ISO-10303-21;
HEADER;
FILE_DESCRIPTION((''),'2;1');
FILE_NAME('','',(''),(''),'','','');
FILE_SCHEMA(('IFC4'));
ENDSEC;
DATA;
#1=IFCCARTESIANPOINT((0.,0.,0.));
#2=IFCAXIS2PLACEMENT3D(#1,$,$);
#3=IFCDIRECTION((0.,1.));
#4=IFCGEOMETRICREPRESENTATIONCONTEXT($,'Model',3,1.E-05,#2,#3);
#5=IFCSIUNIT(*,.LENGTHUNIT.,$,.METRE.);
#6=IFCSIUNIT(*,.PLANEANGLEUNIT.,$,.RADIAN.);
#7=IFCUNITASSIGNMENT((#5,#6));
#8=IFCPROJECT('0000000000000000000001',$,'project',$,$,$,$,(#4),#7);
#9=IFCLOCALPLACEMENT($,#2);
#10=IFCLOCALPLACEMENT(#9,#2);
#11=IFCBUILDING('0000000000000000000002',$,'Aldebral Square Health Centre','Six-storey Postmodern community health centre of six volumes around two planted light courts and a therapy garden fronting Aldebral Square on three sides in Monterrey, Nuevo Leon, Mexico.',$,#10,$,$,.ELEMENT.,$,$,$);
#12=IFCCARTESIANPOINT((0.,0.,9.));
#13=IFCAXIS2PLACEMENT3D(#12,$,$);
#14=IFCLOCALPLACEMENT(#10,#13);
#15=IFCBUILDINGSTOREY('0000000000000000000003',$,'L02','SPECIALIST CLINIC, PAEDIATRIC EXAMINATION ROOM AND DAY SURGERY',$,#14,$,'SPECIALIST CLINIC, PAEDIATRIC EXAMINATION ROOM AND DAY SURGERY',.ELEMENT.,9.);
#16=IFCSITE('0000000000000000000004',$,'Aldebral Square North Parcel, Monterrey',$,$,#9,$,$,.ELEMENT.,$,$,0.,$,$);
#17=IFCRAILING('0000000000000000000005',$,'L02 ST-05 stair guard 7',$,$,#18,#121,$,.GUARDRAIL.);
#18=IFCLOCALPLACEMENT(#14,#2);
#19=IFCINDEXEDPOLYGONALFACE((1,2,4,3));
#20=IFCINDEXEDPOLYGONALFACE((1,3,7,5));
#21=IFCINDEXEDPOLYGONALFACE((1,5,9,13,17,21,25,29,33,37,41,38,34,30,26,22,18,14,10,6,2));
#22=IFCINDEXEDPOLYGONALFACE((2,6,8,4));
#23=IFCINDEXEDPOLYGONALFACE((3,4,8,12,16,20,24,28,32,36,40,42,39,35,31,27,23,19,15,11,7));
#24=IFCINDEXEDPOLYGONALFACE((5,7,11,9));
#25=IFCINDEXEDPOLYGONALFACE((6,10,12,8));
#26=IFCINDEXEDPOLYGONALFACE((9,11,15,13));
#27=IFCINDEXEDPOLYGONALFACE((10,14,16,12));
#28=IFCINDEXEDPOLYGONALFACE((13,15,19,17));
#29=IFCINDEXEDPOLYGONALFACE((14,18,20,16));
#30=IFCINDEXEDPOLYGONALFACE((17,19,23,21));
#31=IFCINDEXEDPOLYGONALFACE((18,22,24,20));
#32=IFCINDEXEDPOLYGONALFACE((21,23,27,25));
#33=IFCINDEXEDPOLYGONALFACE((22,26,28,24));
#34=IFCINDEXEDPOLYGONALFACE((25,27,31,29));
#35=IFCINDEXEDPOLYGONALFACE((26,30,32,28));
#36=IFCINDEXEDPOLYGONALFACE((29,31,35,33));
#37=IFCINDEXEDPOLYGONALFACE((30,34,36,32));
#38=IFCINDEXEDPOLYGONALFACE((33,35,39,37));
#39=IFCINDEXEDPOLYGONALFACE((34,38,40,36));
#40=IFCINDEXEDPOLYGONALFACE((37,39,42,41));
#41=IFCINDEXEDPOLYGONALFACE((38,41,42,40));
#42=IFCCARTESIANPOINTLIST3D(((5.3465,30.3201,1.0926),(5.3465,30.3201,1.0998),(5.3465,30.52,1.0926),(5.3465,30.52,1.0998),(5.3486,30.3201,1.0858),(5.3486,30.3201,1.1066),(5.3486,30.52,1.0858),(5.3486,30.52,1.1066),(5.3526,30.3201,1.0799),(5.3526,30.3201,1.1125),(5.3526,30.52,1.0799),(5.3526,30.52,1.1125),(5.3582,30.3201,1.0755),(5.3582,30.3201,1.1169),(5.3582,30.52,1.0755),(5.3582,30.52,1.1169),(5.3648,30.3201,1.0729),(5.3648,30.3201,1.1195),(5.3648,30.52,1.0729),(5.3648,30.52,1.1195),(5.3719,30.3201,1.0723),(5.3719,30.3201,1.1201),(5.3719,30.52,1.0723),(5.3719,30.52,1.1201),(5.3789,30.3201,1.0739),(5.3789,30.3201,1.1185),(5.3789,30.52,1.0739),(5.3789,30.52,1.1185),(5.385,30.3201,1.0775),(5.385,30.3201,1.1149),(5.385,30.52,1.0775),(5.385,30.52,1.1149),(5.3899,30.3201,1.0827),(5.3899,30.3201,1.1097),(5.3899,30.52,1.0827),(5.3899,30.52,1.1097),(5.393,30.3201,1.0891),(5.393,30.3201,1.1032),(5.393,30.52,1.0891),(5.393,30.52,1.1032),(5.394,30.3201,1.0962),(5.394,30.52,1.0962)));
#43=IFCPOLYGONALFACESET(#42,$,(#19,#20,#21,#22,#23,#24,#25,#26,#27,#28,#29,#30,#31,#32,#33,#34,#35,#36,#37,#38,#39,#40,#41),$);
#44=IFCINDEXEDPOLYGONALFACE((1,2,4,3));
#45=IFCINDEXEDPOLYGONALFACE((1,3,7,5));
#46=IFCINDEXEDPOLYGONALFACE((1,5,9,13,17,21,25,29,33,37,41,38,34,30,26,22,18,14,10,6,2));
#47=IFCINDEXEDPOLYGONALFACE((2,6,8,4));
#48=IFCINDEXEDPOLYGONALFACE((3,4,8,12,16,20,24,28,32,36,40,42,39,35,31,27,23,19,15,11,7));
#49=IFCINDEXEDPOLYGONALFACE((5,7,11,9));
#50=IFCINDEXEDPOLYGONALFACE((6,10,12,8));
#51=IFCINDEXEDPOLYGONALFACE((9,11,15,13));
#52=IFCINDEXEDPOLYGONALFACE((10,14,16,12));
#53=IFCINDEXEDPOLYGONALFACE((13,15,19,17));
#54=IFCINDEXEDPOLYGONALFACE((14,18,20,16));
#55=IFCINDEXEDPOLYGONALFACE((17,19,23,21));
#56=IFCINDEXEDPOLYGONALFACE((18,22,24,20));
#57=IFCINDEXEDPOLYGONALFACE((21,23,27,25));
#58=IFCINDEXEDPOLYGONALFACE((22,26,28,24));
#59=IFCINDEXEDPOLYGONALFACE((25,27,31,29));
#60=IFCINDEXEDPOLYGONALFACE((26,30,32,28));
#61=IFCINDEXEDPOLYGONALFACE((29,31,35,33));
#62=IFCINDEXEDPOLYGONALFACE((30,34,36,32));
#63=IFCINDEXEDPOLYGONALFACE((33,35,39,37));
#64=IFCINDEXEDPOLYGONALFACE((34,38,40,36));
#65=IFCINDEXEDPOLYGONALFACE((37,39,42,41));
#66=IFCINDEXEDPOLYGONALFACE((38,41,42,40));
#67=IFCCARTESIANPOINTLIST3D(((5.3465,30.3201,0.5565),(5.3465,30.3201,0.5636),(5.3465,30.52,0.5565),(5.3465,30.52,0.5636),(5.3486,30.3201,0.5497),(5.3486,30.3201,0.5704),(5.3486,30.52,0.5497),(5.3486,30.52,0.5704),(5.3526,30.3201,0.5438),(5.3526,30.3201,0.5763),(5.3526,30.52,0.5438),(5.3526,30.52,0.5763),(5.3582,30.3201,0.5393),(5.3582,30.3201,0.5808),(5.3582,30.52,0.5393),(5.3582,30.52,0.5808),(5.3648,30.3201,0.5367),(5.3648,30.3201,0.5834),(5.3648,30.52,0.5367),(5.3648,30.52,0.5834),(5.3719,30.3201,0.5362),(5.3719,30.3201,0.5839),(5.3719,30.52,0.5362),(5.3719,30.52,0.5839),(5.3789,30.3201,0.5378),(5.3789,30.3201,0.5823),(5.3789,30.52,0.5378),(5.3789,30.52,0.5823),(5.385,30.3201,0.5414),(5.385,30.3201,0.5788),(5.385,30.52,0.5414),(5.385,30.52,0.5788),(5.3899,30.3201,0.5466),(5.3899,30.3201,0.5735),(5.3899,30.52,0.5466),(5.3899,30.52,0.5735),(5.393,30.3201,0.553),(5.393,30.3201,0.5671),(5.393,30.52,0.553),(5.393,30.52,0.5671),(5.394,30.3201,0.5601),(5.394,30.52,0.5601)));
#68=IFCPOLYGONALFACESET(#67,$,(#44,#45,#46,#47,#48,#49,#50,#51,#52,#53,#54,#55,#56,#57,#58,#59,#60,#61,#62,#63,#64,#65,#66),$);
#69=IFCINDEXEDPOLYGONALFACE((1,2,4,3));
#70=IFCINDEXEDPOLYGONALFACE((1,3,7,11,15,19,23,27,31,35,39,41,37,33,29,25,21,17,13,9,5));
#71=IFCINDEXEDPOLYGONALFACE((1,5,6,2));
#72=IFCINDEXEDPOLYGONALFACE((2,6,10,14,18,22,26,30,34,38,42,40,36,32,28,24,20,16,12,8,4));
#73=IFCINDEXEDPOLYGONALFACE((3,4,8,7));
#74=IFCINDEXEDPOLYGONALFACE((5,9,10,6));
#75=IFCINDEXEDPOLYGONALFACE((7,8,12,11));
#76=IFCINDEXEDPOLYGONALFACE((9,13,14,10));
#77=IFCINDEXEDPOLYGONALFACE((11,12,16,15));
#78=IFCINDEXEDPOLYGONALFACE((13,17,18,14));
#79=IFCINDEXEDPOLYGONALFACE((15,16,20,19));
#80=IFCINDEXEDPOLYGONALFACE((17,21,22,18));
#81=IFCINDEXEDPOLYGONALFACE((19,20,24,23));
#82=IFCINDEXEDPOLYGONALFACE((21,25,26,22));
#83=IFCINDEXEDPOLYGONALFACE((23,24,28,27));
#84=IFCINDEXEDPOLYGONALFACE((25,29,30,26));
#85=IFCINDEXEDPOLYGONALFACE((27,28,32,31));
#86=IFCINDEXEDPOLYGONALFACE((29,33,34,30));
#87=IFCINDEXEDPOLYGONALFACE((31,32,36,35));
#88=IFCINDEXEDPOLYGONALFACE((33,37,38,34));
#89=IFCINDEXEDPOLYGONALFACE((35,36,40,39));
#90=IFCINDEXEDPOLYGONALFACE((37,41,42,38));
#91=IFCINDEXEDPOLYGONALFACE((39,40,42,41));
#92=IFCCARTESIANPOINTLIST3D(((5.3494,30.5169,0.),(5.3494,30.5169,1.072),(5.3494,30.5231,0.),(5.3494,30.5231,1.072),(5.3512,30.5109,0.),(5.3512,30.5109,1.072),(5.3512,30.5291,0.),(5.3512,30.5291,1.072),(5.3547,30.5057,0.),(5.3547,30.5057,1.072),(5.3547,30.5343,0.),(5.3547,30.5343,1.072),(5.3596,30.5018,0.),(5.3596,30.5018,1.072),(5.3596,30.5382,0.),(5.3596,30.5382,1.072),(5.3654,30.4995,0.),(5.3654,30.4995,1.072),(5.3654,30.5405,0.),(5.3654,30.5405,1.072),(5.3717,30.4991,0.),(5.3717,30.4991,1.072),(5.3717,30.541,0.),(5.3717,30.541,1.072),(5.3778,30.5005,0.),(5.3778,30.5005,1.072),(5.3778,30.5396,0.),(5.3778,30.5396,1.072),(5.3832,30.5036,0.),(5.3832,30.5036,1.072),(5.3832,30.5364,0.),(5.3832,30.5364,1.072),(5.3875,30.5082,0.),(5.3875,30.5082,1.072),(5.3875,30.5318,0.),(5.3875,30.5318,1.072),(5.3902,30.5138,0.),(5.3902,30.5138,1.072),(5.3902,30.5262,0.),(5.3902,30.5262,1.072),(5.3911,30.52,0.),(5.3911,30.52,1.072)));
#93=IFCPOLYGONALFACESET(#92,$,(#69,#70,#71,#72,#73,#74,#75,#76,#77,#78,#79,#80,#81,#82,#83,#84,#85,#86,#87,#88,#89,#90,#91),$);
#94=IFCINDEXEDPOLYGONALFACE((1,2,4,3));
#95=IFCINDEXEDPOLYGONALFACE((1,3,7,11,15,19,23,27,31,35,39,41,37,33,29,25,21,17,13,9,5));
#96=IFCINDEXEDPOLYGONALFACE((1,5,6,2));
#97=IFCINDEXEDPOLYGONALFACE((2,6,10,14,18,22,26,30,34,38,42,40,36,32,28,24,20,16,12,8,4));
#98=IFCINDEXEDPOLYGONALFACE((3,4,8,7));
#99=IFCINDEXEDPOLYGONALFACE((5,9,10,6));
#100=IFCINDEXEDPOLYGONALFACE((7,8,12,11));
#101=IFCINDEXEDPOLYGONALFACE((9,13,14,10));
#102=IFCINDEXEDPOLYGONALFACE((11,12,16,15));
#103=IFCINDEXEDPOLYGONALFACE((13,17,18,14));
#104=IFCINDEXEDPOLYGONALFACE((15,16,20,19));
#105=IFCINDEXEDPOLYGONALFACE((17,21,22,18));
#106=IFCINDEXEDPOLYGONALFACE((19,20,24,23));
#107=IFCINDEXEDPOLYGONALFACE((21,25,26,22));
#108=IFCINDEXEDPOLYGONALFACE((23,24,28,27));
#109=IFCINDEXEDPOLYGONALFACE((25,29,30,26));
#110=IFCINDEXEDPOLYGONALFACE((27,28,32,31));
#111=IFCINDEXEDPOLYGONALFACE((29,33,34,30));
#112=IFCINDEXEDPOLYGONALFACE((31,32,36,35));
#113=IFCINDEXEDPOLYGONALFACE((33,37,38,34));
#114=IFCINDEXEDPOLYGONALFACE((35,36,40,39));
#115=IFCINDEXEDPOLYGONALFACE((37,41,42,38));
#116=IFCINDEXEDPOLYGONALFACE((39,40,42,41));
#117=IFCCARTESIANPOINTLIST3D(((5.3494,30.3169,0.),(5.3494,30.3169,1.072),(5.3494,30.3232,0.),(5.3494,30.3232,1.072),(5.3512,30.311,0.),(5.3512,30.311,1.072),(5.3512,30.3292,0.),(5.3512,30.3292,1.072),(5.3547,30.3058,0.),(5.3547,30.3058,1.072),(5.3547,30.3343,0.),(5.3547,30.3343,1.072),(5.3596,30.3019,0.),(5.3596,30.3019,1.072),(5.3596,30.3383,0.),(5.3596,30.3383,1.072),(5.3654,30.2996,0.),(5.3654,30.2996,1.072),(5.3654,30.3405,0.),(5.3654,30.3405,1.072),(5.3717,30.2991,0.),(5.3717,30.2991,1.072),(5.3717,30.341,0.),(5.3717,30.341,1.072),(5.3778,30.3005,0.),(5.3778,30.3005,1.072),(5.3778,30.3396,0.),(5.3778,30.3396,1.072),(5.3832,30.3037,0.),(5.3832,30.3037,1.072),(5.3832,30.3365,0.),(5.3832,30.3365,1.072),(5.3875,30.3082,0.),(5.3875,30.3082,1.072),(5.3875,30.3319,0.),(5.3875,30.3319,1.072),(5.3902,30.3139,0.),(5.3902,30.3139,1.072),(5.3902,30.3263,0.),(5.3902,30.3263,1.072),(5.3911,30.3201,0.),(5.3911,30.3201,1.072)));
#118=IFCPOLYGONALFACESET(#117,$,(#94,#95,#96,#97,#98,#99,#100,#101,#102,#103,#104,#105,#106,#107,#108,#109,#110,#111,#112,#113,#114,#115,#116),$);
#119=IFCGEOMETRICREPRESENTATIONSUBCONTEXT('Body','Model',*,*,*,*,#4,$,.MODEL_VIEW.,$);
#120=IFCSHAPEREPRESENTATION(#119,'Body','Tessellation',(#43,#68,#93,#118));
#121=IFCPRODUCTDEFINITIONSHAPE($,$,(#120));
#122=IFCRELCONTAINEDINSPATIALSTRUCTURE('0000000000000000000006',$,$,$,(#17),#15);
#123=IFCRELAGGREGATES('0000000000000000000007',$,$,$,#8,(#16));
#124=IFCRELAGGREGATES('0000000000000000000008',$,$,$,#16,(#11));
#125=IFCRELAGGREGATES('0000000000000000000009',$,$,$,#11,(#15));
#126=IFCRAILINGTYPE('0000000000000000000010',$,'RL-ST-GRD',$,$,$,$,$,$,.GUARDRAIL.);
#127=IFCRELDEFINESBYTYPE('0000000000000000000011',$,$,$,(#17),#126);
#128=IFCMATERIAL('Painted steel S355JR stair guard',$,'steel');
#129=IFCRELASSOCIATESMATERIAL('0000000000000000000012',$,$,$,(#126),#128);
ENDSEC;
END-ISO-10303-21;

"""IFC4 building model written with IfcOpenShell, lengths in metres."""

from ifc_helpers import new_model, si_unit, direction, frame, origin, origin_2d, place, context, subcontext, project, spatial, circle, extrude, material, type_object, element, save


model = new_model("IFC4")

# Units and contexts
model_context = context("Model", 3, precision=1e-05, world=origin(), true_north=direction((0.0, 1.0)))
body_context = subcontext(model_context, "Body", "Model", "MODEL_VIEW")
ifc_project = project(units=[si_unit("LENGTHUNIT", "METRE"), si_unit("PLANEANGLEUNIT", "RADIAN")], contexts=[model_context])

# Site, building, storey
site_placement = place(None, origin())
site = spatial("IfcSite", under=ifc_project, at=site_placement, Name="Aldebral Square North Parcel, Monterrey", CompositionType="ELEMENT", RefElevation=0.0)
building_placement = place(site_placement, origin())
building = spatial("IfcBuilding", under=site, at=building_placement, Name="Aldebral Square Health Centre", Description="Six-storey Postmodern community health centre of six volumes around two planted light courts and a therapy garden fronting Aldebral Square on three sides in Monterrey, Nuevo Leon, Mexico.", CompositionType="ELEMENT")
storey_placement = place(building_placement, frame((0.0, 0.0, 9.0)))
storey = spatial("IfcBuildingStorey", under=building, at=storey_placement, Name="L02", Description="SPECIALIST CLINIC, PAEDIATRIC EXAMINATION ROOM AND DAY SURGERY", LongName="SPECIALIST CLINIC, PAEDIATRIC EXAMINATION ROOM AND DAY SURGERY", CompositionType="ELEMENT", Elevation=9.0)

# Railing
ifc_material_1 = material(Name="Painted steel S355JR stair guard", Category="steel")
railing_type_1 = type_object("IfcRailingType", Name="RL-ST-GRD", PredefinedType="GUARDRAIL", material=ifc_material_1)
railing_1_placement = place(storey_placement, frame((5.3701, 30.52, 0.0)))
element("IfcRailing", 1, at=railing_1_placement, inside=storey, type_object=railing_type_1, Name="L02 ST-05 stair guard 7", PredefinedType="GUARDRAIL", context=body_context, shape_type="SweptSolid", body=[
    extrude(circle(Radius=0.0239, at=origin_2d()), frame((0.0, 0.0, 1.0962), z_axis=(0.0, -1.0, 0.0), x_axis=(1.0, 0.0, 0.0)), (0.0, 0.0, 1.0), 0.2),
    extrude(circle(Radius=0.0239, at=origin_2d()), frame((0.0, 0.0, 0.5601), z_axis=(0.0, -1.0, 0.0), x_axis=(1.0, 0.0, 0.0)), (0.0, 0.0, 1.0), 0.2),
    extrude(circle(Radius=0.021, at=origin_2d()), origin(), (0.0, 0.0, 1.0), 1.072),
    extrude(circle(Radius=0.021, at=origin_2d()), frame((0.0, -0.2, 0.0)), (0.0, 0.0, 1.0), 1.072),
])

save(model, "model.ifc")
